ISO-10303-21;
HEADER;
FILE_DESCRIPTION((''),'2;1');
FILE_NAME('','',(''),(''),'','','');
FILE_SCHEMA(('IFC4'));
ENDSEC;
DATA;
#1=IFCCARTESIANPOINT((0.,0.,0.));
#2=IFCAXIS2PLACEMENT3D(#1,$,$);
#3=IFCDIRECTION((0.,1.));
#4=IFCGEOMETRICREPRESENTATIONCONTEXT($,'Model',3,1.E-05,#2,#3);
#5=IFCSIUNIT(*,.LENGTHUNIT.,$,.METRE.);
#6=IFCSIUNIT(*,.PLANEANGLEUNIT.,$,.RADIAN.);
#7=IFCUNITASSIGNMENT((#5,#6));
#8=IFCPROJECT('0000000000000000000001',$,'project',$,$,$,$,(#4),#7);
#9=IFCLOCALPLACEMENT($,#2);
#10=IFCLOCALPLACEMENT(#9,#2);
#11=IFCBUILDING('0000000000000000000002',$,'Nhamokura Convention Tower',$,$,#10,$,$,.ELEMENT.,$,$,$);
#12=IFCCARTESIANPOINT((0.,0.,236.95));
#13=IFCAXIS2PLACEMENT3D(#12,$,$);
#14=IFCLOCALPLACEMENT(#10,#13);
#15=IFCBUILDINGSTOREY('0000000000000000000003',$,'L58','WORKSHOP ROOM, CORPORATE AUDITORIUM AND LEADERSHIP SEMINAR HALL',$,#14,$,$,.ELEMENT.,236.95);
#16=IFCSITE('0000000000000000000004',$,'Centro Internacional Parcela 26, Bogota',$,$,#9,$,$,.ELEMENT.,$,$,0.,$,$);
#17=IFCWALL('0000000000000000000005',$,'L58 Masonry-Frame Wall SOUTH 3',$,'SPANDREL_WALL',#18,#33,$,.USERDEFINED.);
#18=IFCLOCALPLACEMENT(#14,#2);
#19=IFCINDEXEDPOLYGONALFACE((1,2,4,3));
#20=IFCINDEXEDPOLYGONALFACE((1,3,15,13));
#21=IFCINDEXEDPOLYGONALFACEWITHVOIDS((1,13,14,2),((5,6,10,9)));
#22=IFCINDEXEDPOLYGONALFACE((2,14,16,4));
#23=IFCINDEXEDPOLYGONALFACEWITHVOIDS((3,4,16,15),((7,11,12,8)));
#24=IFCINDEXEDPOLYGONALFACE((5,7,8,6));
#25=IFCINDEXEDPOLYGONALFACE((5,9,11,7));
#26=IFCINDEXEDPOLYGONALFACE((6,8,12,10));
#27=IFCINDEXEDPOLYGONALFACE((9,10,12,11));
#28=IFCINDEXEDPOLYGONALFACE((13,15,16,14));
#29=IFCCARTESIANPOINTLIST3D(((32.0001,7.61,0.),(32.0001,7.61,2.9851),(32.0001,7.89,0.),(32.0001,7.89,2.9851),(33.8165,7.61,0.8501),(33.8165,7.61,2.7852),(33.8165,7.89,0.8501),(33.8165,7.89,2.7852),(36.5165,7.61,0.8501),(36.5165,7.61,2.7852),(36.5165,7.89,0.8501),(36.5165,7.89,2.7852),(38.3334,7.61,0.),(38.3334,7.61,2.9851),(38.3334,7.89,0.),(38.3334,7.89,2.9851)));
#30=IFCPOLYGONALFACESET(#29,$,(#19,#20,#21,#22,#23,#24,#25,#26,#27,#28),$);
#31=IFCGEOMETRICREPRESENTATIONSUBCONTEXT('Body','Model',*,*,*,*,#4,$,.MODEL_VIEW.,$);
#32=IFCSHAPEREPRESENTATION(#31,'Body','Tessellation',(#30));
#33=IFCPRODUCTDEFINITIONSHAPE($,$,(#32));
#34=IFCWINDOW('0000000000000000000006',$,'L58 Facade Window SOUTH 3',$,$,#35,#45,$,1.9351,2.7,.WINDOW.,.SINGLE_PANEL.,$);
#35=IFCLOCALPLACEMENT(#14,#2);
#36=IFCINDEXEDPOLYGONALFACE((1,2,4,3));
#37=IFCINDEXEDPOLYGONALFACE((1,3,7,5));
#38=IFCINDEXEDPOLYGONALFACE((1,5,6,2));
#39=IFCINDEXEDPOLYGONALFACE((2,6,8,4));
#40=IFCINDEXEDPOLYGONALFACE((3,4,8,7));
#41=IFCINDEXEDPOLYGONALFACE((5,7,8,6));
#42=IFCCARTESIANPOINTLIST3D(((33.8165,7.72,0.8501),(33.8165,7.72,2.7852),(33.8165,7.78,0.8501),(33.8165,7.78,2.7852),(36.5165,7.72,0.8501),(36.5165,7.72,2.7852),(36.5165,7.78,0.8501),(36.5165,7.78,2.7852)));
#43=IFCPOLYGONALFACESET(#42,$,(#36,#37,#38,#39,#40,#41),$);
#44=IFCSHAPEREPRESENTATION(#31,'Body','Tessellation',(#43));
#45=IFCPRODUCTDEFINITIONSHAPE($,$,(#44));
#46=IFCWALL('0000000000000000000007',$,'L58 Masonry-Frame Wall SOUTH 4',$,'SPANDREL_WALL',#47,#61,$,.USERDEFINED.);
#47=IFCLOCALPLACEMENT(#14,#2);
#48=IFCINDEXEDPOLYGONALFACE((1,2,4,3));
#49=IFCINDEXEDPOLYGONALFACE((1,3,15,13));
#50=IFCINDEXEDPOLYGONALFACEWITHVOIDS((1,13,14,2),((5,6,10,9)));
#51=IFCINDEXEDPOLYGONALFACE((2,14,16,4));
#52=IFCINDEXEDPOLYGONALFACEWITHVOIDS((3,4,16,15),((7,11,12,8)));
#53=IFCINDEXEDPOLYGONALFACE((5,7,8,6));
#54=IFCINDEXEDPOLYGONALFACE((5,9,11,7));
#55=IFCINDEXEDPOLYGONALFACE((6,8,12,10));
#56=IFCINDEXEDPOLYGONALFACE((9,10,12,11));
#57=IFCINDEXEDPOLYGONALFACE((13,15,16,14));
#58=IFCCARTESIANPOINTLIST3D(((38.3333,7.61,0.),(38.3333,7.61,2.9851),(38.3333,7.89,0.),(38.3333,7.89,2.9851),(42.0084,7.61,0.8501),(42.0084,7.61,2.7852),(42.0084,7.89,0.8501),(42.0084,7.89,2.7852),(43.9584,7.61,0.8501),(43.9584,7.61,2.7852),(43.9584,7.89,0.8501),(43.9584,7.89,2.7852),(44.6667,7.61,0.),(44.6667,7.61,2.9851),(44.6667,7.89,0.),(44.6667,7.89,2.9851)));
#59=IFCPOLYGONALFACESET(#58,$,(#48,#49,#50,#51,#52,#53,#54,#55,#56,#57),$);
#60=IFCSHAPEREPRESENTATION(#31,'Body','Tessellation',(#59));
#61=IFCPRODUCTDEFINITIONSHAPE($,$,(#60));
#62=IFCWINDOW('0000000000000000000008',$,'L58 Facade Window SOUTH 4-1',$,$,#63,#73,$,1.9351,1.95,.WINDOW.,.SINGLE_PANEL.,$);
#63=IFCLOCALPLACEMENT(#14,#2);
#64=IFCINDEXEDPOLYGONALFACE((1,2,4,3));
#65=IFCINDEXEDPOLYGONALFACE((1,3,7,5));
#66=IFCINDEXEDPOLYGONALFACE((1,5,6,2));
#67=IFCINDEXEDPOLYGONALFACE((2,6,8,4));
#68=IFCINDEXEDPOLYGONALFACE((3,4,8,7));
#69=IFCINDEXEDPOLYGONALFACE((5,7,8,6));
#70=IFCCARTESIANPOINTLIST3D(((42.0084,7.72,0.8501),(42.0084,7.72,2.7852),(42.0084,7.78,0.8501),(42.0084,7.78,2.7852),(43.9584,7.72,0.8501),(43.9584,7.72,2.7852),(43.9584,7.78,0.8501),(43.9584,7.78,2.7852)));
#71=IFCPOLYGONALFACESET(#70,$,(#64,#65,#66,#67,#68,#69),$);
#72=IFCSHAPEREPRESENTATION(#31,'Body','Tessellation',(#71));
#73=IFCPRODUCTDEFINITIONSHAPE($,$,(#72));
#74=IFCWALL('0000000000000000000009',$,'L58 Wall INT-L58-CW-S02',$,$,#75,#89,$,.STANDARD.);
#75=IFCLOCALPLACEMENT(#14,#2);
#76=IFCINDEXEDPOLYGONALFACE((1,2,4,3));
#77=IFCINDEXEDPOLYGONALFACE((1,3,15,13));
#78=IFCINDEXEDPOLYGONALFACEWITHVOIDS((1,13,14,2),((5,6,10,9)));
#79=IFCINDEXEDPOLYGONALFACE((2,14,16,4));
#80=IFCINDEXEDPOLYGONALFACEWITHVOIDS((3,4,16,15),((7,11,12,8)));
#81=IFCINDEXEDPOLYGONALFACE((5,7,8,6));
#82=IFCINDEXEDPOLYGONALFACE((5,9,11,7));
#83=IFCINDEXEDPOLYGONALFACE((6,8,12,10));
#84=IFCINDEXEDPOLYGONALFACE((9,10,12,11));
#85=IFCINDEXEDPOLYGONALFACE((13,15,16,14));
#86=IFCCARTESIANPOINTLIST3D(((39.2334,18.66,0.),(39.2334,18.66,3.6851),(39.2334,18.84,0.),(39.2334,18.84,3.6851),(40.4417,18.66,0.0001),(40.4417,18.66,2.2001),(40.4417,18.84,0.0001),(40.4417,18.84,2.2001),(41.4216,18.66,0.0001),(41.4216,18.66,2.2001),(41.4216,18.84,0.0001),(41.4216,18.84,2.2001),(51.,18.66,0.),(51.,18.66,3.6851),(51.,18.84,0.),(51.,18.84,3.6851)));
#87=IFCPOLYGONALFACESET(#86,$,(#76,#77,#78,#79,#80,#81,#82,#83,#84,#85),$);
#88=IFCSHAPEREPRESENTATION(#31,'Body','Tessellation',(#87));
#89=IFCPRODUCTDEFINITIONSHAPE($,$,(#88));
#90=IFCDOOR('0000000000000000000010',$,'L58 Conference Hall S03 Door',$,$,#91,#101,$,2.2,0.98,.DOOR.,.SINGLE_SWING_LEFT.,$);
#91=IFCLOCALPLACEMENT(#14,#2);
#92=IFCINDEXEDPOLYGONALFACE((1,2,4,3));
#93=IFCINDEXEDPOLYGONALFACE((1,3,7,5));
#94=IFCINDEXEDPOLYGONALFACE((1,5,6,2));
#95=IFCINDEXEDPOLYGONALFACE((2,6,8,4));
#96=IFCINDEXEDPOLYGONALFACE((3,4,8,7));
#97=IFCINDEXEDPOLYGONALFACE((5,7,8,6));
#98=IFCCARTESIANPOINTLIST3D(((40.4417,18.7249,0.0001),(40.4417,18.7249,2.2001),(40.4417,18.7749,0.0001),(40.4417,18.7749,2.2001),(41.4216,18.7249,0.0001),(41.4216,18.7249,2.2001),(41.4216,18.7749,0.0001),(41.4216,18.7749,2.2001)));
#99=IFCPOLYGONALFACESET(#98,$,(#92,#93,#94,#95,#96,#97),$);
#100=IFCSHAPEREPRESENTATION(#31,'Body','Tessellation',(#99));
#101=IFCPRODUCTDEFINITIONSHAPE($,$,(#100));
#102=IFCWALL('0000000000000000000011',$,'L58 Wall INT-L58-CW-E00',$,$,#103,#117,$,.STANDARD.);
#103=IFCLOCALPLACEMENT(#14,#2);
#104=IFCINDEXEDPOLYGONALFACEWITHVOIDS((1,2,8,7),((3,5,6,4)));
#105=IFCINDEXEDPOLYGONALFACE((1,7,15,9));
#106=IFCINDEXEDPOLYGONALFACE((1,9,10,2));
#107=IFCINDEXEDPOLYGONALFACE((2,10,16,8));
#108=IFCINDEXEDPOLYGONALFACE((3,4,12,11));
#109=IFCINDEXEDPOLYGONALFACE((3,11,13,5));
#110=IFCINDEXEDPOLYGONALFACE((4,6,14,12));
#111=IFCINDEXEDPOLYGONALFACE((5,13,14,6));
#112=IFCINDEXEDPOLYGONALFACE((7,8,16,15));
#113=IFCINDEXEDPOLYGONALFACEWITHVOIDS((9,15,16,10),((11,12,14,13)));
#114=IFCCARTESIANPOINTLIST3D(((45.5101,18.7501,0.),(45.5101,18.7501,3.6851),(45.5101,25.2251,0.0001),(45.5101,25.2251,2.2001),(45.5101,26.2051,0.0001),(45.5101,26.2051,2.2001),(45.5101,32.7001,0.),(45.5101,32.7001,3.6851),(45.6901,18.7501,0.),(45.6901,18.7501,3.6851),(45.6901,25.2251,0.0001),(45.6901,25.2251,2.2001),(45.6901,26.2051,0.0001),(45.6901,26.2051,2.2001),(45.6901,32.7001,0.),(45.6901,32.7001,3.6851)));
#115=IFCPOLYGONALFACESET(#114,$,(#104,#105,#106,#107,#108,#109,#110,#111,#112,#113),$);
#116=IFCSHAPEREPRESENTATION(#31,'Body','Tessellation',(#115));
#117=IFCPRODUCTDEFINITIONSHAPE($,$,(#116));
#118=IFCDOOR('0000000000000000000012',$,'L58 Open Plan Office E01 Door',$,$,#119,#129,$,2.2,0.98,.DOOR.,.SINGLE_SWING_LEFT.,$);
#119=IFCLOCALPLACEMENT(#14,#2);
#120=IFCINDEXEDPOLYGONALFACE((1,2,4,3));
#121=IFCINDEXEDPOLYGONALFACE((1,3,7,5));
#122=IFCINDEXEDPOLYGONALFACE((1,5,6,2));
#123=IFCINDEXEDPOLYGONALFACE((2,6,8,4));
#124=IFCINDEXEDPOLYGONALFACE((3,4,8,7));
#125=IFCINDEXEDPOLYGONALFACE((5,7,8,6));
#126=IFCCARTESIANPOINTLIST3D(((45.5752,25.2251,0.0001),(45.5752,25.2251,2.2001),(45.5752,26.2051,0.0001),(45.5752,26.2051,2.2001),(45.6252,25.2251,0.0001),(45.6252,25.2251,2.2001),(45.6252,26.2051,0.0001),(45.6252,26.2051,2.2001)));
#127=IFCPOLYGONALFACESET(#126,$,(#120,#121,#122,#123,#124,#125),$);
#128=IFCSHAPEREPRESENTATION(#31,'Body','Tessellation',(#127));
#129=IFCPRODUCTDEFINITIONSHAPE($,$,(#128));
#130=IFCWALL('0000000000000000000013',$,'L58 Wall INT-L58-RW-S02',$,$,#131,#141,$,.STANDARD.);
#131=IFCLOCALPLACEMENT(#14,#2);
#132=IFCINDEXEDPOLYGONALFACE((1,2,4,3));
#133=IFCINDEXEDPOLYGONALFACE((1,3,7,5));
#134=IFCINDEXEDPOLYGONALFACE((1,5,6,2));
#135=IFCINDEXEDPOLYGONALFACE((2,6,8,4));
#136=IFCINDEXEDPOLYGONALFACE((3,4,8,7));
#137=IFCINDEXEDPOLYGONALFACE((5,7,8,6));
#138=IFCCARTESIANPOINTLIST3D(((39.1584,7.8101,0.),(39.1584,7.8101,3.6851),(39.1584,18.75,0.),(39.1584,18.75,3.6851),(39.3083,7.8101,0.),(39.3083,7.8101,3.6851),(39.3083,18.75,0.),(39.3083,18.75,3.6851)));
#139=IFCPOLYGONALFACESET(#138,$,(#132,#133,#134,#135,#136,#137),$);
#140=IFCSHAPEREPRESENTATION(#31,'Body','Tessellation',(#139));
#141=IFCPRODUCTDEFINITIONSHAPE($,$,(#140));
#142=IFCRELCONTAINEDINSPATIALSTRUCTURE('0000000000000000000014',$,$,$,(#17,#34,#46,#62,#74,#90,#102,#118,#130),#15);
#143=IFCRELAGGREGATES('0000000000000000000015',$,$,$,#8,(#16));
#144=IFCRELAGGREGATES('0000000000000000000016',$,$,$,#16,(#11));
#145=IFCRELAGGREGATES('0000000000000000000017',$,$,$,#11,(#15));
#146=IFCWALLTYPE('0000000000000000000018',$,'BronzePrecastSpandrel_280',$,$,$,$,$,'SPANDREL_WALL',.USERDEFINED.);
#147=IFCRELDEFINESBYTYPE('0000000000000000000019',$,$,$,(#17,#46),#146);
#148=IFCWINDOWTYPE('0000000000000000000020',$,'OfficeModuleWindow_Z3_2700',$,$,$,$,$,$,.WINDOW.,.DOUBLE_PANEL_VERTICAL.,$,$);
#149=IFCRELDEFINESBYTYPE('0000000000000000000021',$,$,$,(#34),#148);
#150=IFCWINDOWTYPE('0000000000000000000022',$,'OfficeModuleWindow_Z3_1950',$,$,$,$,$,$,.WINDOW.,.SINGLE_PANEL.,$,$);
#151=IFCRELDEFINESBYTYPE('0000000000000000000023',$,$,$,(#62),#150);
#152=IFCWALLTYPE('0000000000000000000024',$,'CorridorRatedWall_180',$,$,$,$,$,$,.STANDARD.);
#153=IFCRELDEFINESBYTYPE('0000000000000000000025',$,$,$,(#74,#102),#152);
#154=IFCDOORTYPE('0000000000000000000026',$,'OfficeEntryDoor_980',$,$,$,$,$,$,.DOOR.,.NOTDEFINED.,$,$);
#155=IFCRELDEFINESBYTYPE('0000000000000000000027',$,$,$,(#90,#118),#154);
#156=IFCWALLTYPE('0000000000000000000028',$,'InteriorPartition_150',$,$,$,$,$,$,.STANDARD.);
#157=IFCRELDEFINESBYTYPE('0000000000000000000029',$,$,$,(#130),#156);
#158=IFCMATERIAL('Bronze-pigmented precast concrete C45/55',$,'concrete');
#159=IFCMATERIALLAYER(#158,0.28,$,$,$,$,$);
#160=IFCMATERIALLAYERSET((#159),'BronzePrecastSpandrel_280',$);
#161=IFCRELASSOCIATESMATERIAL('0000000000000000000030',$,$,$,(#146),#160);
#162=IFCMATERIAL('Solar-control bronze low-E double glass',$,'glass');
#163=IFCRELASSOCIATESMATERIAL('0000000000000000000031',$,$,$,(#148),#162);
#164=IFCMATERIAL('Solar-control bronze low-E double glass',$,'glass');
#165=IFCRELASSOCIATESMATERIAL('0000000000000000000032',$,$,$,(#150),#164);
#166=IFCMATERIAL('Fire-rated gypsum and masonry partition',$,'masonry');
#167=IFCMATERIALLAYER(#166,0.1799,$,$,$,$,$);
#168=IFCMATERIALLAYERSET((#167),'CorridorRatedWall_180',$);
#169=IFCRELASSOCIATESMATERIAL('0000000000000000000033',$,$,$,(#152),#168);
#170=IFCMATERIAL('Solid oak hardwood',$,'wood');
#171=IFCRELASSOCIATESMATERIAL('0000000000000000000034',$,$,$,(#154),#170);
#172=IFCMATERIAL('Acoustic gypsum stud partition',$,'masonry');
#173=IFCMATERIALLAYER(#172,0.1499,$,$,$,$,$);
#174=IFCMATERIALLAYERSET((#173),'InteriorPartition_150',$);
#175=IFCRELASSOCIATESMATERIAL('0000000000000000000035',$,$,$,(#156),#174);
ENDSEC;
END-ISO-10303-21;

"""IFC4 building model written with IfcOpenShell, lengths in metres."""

from ifc_helpers import new_model, si_unit, direction, frame, frame_2d, origin, place, context, subcontext, project, spatial, rectangle, extrude, material, layer, layer_set, type_object, element, fill, save


model = new_model("IFC4")

# Units and contexts
model_context = context("Model", 3, precision=1e-05, world=origin(), true_north=direction((0.0, 1.0)))
body_context = subcontext(model_context, "Body", "Model", "MODEL_VIEW")
ifc_project = project(units=[si_unit("LENGTHUNIT", "METRE"), si_unit("PLANEANGLEUNIT", "RADIAN")], contexts=[model_context])

# Site, building, storey
site_placement = place(None, origin())
site = spatial("IfcSite", under=ifc_project, at=site_placement, Name="Centro Internacional Parcela 26, Bogota", CompositionType="ELEMENT", RefElevation=0.0)
building_placement = place(site_placement, origin())
building = spatial("IfcBuilding", under=site, at=building_placement, Name="Nhamokura Convention Tower", CompositionType="ELEMENT")
storey_placement = place(building_placement, frame((0.0, 0.0, 236.95)))
storey = spatial("IfcBuildingStorey", under=building, at=storey_placement, Name="L58", Description="WORKSHOP ROOM, CORPORATE AUDITORIUM AND LEADERSHIP SEMINAR HALL", CompositionType="ELEMENT", Elevation=236.95)

# Walls, openings, windows
ifc_material_1 = material(Name="Bronze-pigmented precast concrete C45/55", Category="concrete")
ifc_layer_1 = layer(ifc_material_1, 0.28)
ifc_layer_set_1 = layer_set([ifc_layer_1], Name="BronzePrecastSpandrel_280")
wall_type_1 = type_object("IfcWallType", Name="BronzePrecastSpandrel_280", ElementType="SPANDREL_WALL", PredefinedType="USERDEFINED", material=ifc_layer_set_1)
wall_1_placement = place(storey_placement, frame((38.3333, 7.75, 0.0), z_axis=(0.0, 0.0, 1.0), x_axis=(-1.0, 0.0, 0.0)))
wall_1 = element("IfcWall", 1, at=wall_1_placement, inside=storey, type_object=wall_type_1, Name="L58 Masonry-Frame Wall SOUTH 3", ObjectType="SPANDREL_WALL", PredefinedType="USERDEFINED", context=body_context, shape_type="SweptSolid", body=[
    extrude(rectangle(XDim=6.3333, YDim=0.28, at=frame_2d((3.1665, 0.0))), origin(), (0.0, 0.0, 1.0), 2.9851),
])
opening_1_placement = place(wall_1_placement, frame((1.8167, 0.0, 0.8501)))
opening_1 = element("IfcOpeningElement", 2, at=opening_1_placement, cuts=wall_1, PredefinedType="OPENING", context=body_context, shape_type="SweptSolid", body=[
    extrude(rectangle(XDim=2.7, YDim=1.9351, at=frame_2d((1.3501, 0.9675))), frame((0.0, 0.1499, 0.0), z_axis=(0.0, -1.0, 0.0), x_axis=(1.0, 0.0, 0.0)), (0.0, 0.0, 1.0), 0.3),
])
ifc_material_2 = material(Name="Solar-control bronze low-E double glass", Category="glass")
window_type_1 = type_object("IfcWindowType", Name="OfficeModuleWindow_Z3_2700", PartitioningType="DOUBLE_PANEL_VERTICAL", PredefinedType="WINDOW", material=ifc_material_2)
window_1_placement = place(opening_1_placement, origin())
window_1 = element("IfcWindow", 3, at=window_1_placement, inside=storey, type_object=window_type_1, Name="L58 Facade Window SOUTH 3", OverallHeight=1.9351, OverallWidth=2.7, PartitioningType="SINGLE_PANEL", PredefinedType="WINDOW", context=body_context, shape_type="SweptSolid", body=[
    extrude(rectangle(XDim=2.7, YDim=1.9351, at=frame_2d((1.3501, 0.9675))), frame((0.0, 0.03, 0.0), z_axis=(0.0, -1.0, 0.0), x_axis=(1.0, 0.0, 0.0)), (0.0, 0.0, 1.0), 0.0601),
])
fill(opening_1, window_1)
wall_2_placement = place(storey_placement, frame((44.6667, 7.75, 0.0), z_axis=(0.0, 0.0, 1.0), x_axis=(-1.0, 0.0, 0.0)))
wall_2 = element("IfcWall", 4, at=wall_2_placement, inside=storey, type_object=wall_type_1, Name="L58 Masonry-Frame Wall SOUTH 4", ObjectType="SPANDREL_WALL", PredefinedType="USERDEFINED", context=body_context, shape_type="SweptSolid", body=[
    extrude(rectangle(XDim=6.3335, YDim=0.28, at=frame_2d((3.1667, 0.0))), origin(), (0.0, 0.0, 1.0), 2.9851),
])
opening_2_placement = place(wall_2_placement, frame((0.7083, 0.0, 0.8501)))
opening_2 = element("IfcOpeningElement", 5, at=opening_2_placement, cuts=wall_2, PredefinedType="OPENING", context=body_context, shape_type="SweptSolid", body=[
    extrude(rectangle(XDim=1.95, YDim=1.9351, at=frame_2d((0.9751, 0.9675))), frame((0.0, 0.1499, 0.0), z_axis=(0.0, -1.0, 0.0), x_axis=(1.0, 0.0, 0.0)), (0.0, 0.0, 1.0), 0.3),
])
ifc_material_3 = material(Name="Solar-control bronze low-E double glass", Category="glass")
window_type_2 = type_object("IfcWindowType", Name="OfficeModuleWindow_Z3_1950", PartitioningType="SINGLE_PANEL", PredefinedType="WINDOW", material=ifc_material_3)
window_2_placement = place(opening_2_placement, origin())
window_2 = element("IfcWindow", 6, at=window_2_placement, inside=storey, type_object=window_type_2, Name="L58 Facade Window SOUTH 4-1", OverallHeight=1.9351, OverallWidth=1.95, PartitioningType="SINGLE_PANEL", PredefinedType="WINDOW", context=body_context, shape_type="SweptSolid", body=[
    extrude(rectangle(XDim=1.95, YDim=1.9351, at=frame_2d((0.9751, 0.9675))), frame((0.0, 0.03, 0.0), z_axis=(0.0, -1.0, 0.0), x_axis=(1.0, 0.0, 0.0)), (0.0, 0.0, 1.0), 0.0601),
])
fill(opening_2, window_2)

# Walls, openings, doors
ifc_material_4 = material(Name="Fire-rated gypsum and masonry partition", Category="masonry")
ifc_layer_2 = layer(ifc_material_4, 0.1799)
ifc_layer_set_2 = layer_set([ifc_layer_2], Name="CorridorRatedWall_180")
wall_type_2 = type_object("IfcWallType", Name="CorridorRatedWall_180", PredefinedType="STANDARD", material=ifc_layer_set_2)
wall_3_placement = place(storey_placement, frame((39.2334, 18.75, 0.0), z_axis=(0.0, 0.0, 1.0), x_axis=(1.0, 0.0, 0.0)))
wall_3 = element("IfcWall", 7, at=wall_3_placement, inside=storey, type_object=wall_type_2, Name="L58 Wall INT-L58-CW-S02", PredefinedType="STANDARD", context=body_context, shape_type="SweptSolid", body=[
    extrude(rectangle(XDim=11.7666, YDim=0.1799, at=frame_2d((5.8833, 0.0))), origin(), (0.0, 0.0, 1.0), 3.6851),
])
opening_3_placement = place(wall_3_placement, frame((1.2083, 0.0, 0.0)))
opening_3 = element("IfcOpeningElement", 8, at=opening_3_placement, cuts=wall_3, PredefinedType="OPENING", context=body_context, shape_type="SweptSolid", body=[
    extrude(rectangle(XDim=0.98, YDim=2.2, at=frame_2d((0.49, 1.1001))), frame((0.0, 0.0999, 0.0), z_axis=(0.0, -1.0, 0.0), x_axis=(1.0, 0.0, 0.0)), (0.0, 0.0, 1.0), 0.2),
])
ifc_material_5 = material(Name="Solid oak hardwood", Category="wood")
door_type_1 = type_object("IfcDoorType", Name="OfficeEntryDoor_980", OperationType="NOTDEFINED", PredefinedType="DOOR", material=ifc_material_5)
door_1_placement = place(opening_3_placement, origin())
door_1 = element("IfcDoor", 9, at=door_1_placement, inside=storey, type_object=door_type_1, Name="L58 Conference Hall S03 Door", OperationType="SINGLE_SWING_LEFT", OverallHeight=2.2, OverallWidth=0.98, PredefinedType="DOOR", context=body_context, shape_type="SweptSolid", body=[
    extrude(rectangle(XDim=0.98, YDim=2.2, at=frame_2d((0.49, 1.1001))), frame((0.0, 0.0249, 0.0), z_axis=(0.0, -1.0, 0.0), x_axis=(1.0, 0.0, 0.0)), (0.0, 0.0, 1.0), 0.05),
])
fill(opening_3, door_1)
wall_4_placement = place(storey_placement, frame((45.6001, 18.75, 0.0), z_axis=(0.0, 0.0, 1.0), x_axis=(0.0, 1.0, 0.0)))
wall_4 = element("IfcWall", 10, at=wall_4_placement, inside=storey, type_object=wall_type_2, Name="L58 Wall INT-L58-CW-E00", PredefinedType="STANDARD", context=body_context, shape_type="SweptSolid", body=[
    extrude(rectangle(XDim=13.95, YDim=0.1799, at=frame_2d((6.9751, 0.0))), origin(), (0.0, 0.0, 1.0), 3.6851),
])
opening_4_placement = place(wall_4_placement, frame((6.4751, 0.0, 0.0)))
opening_4 = element("IfcOpeningElement", 11, at=opening_4_placement, cuts=wall_4, PredefinedType="OPENING", context=body_context, shape_type="SweptSolid", body=[
    extrude(rectangle(XDim=0.98, YDim=2.2, at=frame_2d((0.49, 1.1001))), frame((0.0, 0.0999, 0.0), z_axis=(0.0, -1.0, 0.0), x_axis=(1.0, 0.0, 0.0)), (0.0, 0.0, 1.0), 0.2),
])
door_2_placement = place(opening_4_placement, origin())
door_2 = element("IfcDoor", 12, at=door_2_placement, inside=storey, type_object=door_type_1, Name="L58 Open Plan Office E01 Door", OperationType="SINGLE_SWING_LEFT", OverallHeight=2.2, OverallWidth=0.98, PredefinedType="DOOR", context=body_context, shape_type="SweptSolid", body=[
    extrude(rectangle(XDim=0.98, YDim=2.2, at=frame_2d((0.49, 1.1001))), frame((0.0, 0.0249, 0.0), z_axis=(0.0, -1.0, 0.0), x_axis=(1.0, 0.0, 0.0)), (0.0, 0.0, 1.0), 0.05),
])
fill(opening_4, door_2)

# Wall
ifc_material_6 = material(Name="Acoustic gypsum stud partition", Category="masonry")
ifc_layer_3 = layer(ifc_material_6, 0.1499)
ifc_layer_set_3 = layer_set([ifc_layer_3], Name="InteriorPartition_150")
wall_type_3 = type_object("IfcWallType", Name="InteriorPartition_150", PredefinedType="STANDARD", material=ifc_layer_set_3)
wall_5_placement = place(storey_placement, frame((39.2334, 7.8101, 0.0), z_axis=(0.0, 0.0, 1.0), x_axis=(0.0, 1.0, 0.0)))
element("IfcWall", 13, at=wall_5_placement, inside=storey, type_object=wall_type_3, Name="L58 Wall INT-L58-RW-S02", PredefinedType="STANDARD", context=body_context, shape_type="SweptSolid", body=[
    extrude(rectangle(XDim=10.9399, YDim=0.1499, at=frame_2d((5.47, 0.0))), origin(), (0.0, 0.0, 1.0), 3.6851),
])

save(model, "model.ifc")
